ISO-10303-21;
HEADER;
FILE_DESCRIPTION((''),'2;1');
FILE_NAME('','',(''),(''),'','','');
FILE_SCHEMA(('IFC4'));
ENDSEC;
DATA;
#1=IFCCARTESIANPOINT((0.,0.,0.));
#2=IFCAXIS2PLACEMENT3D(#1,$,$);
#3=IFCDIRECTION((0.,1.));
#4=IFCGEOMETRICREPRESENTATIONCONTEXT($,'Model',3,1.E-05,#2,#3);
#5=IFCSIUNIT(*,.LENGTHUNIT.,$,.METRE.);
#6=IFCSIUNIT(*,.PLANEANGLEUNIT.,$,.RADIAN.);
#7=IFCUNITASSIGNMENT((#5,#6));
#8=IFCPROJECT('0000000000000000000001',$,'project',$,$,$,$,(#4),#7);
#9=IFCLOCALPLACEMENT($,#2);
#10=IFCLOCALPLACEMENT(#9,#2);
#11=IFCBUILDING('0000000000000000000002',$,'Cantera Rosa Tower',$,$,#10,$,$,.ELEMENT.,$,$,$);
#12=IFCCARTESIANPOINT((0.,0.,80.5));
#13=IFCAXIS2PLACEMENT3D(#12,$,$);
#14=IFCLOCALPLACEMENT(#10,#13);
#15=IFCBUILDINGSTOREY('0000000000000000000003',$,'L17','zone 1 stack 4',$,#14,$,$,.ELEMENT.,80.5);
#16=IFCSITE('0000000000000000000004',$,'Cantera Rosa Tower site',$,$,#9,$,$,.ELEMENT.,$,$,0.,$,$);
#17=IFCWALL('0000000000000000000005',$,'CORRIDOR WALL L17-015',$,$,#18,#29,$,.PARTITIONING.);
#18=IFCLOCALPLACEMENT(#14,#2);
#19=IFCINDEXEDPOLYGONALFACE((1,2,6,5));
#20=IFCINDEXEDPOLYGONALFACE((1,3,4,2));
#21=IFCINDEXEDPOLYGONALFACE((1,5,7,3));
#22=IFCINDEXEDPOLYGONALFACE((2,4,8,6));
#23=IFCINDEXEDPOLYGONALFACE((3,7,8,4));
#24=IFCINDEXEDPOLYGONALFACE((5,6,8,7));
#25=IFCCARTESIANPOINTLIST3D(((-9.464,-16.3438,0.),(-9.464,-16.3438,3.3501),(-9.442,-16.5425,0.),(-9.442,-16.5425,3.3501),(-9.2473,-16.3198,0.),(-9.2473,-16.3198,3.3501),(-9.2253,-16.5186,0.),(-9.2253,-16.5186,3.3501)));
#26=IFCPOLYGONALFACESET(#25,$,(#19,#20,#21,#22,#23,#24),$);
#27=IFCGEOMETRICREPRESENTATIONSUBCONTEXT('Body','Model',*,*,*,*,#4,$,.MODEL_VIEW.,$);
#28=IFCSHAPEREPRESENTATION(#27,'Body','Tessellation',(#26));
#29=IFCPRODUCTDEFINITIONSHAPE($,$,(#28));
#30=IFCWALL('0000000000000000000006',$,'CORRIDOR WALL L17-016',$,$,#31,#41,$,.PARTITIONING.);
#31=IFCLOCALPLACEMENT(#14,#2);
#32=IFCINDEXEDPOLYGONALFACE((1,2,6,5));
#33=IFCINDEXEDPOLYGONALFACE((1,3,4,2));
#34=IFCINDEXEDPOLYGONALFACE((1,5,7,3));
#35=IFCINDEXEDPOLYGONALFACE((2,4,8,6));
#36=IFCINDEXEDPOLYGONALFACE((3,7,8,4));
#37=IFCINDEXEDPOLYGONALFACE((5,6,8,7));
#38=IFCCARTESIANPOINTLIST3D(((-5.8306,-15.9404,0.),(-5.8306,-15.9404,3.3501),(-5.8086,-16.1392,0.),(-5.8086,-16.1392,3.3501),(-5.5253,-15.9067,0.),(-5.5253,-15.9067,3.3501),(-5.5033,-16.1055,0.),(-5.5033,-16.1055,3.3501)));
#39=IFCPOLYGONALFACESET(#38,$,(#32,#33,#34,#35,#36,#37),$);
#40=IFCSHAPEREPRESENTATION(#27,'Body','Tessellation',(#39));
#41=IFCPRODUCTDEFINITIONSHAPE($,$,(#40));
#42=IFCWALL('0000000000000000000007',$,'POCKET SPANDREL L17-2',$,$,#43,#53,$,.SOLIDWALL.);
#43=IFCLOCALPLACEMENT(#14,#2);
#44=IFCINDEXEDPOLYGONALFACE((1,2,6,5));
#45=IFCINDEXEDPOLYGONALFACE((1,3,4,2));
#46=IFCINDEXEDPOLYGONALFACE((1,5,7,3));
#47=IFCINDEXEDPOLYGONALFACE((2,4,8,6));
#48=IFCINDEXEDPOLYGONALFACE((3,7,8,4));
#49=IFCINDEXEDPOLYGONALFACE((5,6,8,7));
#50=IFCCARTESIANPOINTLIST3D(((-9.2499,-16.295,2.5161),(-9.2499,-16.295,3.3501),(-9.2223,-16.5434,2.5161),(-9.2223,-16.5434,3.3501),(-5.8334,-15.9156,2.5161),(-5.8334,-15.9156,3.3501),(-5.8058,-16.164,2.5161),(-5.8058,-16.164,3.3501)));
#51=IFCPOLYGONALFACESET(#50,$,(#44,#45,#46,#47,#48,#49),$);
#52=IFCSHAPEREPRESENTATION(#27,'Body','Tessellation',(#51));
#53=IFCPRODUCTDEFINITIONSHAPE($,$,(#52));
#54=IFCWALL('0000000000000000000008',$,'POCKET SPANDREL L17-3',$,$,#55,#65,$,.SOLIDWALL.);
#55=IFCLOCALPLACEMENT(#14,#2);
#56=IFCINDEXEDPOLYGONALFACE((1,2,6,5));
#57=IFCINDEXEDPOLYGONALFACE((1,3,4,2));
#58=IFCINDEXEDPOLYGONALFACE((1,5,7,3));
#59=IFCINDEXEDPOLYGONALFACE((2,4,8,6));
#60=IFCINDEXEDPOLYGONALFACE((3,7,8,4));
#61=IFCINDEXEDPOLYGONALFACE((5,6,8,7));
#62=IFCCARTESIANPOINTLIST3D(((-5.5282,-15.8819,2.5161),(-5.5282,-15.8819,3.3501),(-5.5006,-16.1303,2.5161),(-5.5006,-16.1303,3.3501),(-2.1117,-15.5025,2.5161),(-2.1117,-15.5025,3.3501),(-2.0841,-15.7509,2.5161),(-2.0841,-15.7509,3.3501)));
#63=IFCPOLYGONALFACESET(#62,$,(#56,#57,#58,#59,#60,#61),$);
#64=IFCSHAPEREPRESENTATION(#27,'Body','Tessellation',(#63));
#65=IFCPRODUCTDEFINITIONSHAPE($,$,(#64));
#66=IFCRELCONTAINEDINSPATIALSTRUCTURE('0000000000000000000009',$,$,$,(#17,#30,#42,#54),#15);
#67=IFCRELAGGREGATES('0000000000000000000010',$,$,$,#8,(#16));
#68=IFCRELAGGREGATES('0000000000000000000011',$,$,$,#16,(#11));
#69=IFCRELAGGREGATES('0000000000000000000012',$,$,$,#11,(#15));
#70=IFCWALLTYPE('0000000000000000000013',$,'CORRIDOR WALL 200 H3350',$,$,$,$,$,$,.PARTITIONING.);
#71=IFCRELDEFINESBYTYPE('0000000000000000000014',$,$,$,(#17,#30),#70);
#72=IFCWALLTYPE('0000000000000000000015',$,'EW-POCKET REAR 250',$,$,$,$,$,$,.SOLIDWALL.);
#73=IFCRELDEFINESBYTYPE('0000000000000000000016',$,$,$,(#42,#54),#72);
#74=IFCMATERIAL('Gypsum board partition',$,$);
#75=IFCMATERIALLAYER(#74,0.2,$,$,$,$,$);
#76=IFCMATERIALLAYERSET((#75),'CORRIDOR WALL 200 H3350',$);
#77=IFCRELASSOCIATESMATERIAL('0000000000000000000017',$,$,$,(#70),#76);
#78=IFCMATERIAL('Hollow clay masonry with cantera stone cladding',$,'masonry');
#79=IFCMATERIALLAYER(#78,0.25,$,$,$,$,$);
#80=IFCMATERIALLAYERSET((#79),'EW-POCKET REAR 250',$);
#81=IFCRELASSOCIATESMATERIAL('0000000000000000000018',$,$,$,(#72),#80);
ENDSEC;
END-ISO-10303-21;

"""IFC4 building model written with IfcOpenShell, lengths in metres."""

from ifc_helpers import new_model, si_unit, direction, frame, frame_2d, origin, place, context, subcontext, project, spatial, rectangle, extrude, material, layer, layer_set, type_object, element, save


model = new_model("IFC4")

# Units and contexts
model_context = context("Model", 3, precision=1e-05, world=origin(), true_north=direction((0.0, 1.0)))
body_context = subcontext(model_context, "Body", "Model", "MODEL_VIEW")
ifc_project = project(units=[si_unit("LENGTHUNIT", "METRE"), si_unit("PLANEANGLEUNIT", "RADIAN")], contexts=[model_context])

# Site, building, storey
site_placement = place(None, origin())
site = spatial("IfcSite", under=ifc_project, at=site_placement, Name="Cantera Rosa Tower site", CompositionType="ELEMENT", RefElevation=0.0)
building_placement = place(site_placement, origin())
building = spatial("IfcBuilding", under=site, at=building_placement, Name="Cantera Rosa Tower", CompositionType="ELEMENT")
storey_placement = place(building_placement, frame((0.0, 0.0, 80.5)))
storey = spatial("IfcBuildingStorey", under=building, at=storey_placement, Name="L17", Description="zone 1 stack 4", CompositionType="ELEMENT", Elevation=80.5)

# Walls
ifc_material_1 = material(Name="Gypsum board partition")
ifc_layer_1 = layer(ifc_material_1, 0.2)
ifc_layer_set_1 = layer_set([ifc_layer_1], Name="CORRIDOR WALL 200 H3350")
wall_type_1 = type_object("IfcWallType", Name="CORRIDOR WALL 200 H3350", PredefinedType="PARTITIONING", material=ifc_layer_set_1)
wall_1_placement = place(storey_placement, frame((-9.4529, -16.4431, 0.0), z_axis=(0.0, 0.0, 1.0), x_axis=(0.993965, 0.109694, 0.0)))
element("IfcWall", 1, at=wall_1_placement, inside=storey, type_object=wall_type_1, Name="CORRIDOR WALL L17-015", PredefinedType="PARTITIONING", context=body_context, shape_type="SweptSolid", body=[
    extrude(rectangle(XDim=0.218, YDim=0.2, at=frame_2d((0.1089, 0.0))), origin(), (0.0, 0.0, 1.0), 3.3501),
])
wall_2_placement = place(storey_placement, frame((-5.8196, -16.0398, 0.0), z_axis=(0.0, 0.0, 1.0), x_axis=(0.993961, 0.109733, 0.0)))
element("IfcWall", 2, at=wall_2_placement, inside=storey, type_object=wall_type_1, Name="CORRIDOR WALL L17-016", PredefinedType="PARTITIONING", context=body_context, shape_type="SweptSolid", body=[
    extrude(rectangle(XDim=0.3071, YDim=0.2, at=frame_2d((0.1536, 0.0))), origin(), (0.0, 0.0, 1.0), 3.3501),
])
ifc_material_2 = material(Name="Hollow clay masonry with cantera stone cladding", Category="masonry")
ifc_layer_2 = layer(ifc_material_2, 0.25)
ifc_layer_set_2 = layer_set([ifc_layer_2], Name="EW-POCKET REAR 250")
wall_type_2 = type_object("IfcWallType", Name="EW-POCKET REAR 250", PredefinedType="SOLIDWALL", material=ifc_layer_set_2)
for number, where, z_axis, x_axis, name in (
    (3, (-9.2361, -16.4192, 2.5161), (0.0, 0.0, 1.0), (0.993891, 0.110369, 0.0), "POCKET SPANDREL L17-2"),
    (4, (-5.5144, -16.0061, 2.5161), (0.0, 0.0, 1.0), (0.993891, 0.110369, 0.0), "POCKET SPANDREL L17-3"),
):
    element("IfcWall", number, at=place(storey_placement, frame(where, z_axis=z_axis, x_axis=x_axis)), inside=storey, type_object=wall_type_2, Name=name, PredefinedType="SOLIDWALL", context=body_context, shape_type="SweptSolid", body=[
        extrude(rectangle(XDim=3.4375, YDim=0.25, at=frame_2d((1.7188, 0.0))), origin(), (0.0, 0.0, 1.0), 0.834),
    ])

save(model, "model.ifc")
